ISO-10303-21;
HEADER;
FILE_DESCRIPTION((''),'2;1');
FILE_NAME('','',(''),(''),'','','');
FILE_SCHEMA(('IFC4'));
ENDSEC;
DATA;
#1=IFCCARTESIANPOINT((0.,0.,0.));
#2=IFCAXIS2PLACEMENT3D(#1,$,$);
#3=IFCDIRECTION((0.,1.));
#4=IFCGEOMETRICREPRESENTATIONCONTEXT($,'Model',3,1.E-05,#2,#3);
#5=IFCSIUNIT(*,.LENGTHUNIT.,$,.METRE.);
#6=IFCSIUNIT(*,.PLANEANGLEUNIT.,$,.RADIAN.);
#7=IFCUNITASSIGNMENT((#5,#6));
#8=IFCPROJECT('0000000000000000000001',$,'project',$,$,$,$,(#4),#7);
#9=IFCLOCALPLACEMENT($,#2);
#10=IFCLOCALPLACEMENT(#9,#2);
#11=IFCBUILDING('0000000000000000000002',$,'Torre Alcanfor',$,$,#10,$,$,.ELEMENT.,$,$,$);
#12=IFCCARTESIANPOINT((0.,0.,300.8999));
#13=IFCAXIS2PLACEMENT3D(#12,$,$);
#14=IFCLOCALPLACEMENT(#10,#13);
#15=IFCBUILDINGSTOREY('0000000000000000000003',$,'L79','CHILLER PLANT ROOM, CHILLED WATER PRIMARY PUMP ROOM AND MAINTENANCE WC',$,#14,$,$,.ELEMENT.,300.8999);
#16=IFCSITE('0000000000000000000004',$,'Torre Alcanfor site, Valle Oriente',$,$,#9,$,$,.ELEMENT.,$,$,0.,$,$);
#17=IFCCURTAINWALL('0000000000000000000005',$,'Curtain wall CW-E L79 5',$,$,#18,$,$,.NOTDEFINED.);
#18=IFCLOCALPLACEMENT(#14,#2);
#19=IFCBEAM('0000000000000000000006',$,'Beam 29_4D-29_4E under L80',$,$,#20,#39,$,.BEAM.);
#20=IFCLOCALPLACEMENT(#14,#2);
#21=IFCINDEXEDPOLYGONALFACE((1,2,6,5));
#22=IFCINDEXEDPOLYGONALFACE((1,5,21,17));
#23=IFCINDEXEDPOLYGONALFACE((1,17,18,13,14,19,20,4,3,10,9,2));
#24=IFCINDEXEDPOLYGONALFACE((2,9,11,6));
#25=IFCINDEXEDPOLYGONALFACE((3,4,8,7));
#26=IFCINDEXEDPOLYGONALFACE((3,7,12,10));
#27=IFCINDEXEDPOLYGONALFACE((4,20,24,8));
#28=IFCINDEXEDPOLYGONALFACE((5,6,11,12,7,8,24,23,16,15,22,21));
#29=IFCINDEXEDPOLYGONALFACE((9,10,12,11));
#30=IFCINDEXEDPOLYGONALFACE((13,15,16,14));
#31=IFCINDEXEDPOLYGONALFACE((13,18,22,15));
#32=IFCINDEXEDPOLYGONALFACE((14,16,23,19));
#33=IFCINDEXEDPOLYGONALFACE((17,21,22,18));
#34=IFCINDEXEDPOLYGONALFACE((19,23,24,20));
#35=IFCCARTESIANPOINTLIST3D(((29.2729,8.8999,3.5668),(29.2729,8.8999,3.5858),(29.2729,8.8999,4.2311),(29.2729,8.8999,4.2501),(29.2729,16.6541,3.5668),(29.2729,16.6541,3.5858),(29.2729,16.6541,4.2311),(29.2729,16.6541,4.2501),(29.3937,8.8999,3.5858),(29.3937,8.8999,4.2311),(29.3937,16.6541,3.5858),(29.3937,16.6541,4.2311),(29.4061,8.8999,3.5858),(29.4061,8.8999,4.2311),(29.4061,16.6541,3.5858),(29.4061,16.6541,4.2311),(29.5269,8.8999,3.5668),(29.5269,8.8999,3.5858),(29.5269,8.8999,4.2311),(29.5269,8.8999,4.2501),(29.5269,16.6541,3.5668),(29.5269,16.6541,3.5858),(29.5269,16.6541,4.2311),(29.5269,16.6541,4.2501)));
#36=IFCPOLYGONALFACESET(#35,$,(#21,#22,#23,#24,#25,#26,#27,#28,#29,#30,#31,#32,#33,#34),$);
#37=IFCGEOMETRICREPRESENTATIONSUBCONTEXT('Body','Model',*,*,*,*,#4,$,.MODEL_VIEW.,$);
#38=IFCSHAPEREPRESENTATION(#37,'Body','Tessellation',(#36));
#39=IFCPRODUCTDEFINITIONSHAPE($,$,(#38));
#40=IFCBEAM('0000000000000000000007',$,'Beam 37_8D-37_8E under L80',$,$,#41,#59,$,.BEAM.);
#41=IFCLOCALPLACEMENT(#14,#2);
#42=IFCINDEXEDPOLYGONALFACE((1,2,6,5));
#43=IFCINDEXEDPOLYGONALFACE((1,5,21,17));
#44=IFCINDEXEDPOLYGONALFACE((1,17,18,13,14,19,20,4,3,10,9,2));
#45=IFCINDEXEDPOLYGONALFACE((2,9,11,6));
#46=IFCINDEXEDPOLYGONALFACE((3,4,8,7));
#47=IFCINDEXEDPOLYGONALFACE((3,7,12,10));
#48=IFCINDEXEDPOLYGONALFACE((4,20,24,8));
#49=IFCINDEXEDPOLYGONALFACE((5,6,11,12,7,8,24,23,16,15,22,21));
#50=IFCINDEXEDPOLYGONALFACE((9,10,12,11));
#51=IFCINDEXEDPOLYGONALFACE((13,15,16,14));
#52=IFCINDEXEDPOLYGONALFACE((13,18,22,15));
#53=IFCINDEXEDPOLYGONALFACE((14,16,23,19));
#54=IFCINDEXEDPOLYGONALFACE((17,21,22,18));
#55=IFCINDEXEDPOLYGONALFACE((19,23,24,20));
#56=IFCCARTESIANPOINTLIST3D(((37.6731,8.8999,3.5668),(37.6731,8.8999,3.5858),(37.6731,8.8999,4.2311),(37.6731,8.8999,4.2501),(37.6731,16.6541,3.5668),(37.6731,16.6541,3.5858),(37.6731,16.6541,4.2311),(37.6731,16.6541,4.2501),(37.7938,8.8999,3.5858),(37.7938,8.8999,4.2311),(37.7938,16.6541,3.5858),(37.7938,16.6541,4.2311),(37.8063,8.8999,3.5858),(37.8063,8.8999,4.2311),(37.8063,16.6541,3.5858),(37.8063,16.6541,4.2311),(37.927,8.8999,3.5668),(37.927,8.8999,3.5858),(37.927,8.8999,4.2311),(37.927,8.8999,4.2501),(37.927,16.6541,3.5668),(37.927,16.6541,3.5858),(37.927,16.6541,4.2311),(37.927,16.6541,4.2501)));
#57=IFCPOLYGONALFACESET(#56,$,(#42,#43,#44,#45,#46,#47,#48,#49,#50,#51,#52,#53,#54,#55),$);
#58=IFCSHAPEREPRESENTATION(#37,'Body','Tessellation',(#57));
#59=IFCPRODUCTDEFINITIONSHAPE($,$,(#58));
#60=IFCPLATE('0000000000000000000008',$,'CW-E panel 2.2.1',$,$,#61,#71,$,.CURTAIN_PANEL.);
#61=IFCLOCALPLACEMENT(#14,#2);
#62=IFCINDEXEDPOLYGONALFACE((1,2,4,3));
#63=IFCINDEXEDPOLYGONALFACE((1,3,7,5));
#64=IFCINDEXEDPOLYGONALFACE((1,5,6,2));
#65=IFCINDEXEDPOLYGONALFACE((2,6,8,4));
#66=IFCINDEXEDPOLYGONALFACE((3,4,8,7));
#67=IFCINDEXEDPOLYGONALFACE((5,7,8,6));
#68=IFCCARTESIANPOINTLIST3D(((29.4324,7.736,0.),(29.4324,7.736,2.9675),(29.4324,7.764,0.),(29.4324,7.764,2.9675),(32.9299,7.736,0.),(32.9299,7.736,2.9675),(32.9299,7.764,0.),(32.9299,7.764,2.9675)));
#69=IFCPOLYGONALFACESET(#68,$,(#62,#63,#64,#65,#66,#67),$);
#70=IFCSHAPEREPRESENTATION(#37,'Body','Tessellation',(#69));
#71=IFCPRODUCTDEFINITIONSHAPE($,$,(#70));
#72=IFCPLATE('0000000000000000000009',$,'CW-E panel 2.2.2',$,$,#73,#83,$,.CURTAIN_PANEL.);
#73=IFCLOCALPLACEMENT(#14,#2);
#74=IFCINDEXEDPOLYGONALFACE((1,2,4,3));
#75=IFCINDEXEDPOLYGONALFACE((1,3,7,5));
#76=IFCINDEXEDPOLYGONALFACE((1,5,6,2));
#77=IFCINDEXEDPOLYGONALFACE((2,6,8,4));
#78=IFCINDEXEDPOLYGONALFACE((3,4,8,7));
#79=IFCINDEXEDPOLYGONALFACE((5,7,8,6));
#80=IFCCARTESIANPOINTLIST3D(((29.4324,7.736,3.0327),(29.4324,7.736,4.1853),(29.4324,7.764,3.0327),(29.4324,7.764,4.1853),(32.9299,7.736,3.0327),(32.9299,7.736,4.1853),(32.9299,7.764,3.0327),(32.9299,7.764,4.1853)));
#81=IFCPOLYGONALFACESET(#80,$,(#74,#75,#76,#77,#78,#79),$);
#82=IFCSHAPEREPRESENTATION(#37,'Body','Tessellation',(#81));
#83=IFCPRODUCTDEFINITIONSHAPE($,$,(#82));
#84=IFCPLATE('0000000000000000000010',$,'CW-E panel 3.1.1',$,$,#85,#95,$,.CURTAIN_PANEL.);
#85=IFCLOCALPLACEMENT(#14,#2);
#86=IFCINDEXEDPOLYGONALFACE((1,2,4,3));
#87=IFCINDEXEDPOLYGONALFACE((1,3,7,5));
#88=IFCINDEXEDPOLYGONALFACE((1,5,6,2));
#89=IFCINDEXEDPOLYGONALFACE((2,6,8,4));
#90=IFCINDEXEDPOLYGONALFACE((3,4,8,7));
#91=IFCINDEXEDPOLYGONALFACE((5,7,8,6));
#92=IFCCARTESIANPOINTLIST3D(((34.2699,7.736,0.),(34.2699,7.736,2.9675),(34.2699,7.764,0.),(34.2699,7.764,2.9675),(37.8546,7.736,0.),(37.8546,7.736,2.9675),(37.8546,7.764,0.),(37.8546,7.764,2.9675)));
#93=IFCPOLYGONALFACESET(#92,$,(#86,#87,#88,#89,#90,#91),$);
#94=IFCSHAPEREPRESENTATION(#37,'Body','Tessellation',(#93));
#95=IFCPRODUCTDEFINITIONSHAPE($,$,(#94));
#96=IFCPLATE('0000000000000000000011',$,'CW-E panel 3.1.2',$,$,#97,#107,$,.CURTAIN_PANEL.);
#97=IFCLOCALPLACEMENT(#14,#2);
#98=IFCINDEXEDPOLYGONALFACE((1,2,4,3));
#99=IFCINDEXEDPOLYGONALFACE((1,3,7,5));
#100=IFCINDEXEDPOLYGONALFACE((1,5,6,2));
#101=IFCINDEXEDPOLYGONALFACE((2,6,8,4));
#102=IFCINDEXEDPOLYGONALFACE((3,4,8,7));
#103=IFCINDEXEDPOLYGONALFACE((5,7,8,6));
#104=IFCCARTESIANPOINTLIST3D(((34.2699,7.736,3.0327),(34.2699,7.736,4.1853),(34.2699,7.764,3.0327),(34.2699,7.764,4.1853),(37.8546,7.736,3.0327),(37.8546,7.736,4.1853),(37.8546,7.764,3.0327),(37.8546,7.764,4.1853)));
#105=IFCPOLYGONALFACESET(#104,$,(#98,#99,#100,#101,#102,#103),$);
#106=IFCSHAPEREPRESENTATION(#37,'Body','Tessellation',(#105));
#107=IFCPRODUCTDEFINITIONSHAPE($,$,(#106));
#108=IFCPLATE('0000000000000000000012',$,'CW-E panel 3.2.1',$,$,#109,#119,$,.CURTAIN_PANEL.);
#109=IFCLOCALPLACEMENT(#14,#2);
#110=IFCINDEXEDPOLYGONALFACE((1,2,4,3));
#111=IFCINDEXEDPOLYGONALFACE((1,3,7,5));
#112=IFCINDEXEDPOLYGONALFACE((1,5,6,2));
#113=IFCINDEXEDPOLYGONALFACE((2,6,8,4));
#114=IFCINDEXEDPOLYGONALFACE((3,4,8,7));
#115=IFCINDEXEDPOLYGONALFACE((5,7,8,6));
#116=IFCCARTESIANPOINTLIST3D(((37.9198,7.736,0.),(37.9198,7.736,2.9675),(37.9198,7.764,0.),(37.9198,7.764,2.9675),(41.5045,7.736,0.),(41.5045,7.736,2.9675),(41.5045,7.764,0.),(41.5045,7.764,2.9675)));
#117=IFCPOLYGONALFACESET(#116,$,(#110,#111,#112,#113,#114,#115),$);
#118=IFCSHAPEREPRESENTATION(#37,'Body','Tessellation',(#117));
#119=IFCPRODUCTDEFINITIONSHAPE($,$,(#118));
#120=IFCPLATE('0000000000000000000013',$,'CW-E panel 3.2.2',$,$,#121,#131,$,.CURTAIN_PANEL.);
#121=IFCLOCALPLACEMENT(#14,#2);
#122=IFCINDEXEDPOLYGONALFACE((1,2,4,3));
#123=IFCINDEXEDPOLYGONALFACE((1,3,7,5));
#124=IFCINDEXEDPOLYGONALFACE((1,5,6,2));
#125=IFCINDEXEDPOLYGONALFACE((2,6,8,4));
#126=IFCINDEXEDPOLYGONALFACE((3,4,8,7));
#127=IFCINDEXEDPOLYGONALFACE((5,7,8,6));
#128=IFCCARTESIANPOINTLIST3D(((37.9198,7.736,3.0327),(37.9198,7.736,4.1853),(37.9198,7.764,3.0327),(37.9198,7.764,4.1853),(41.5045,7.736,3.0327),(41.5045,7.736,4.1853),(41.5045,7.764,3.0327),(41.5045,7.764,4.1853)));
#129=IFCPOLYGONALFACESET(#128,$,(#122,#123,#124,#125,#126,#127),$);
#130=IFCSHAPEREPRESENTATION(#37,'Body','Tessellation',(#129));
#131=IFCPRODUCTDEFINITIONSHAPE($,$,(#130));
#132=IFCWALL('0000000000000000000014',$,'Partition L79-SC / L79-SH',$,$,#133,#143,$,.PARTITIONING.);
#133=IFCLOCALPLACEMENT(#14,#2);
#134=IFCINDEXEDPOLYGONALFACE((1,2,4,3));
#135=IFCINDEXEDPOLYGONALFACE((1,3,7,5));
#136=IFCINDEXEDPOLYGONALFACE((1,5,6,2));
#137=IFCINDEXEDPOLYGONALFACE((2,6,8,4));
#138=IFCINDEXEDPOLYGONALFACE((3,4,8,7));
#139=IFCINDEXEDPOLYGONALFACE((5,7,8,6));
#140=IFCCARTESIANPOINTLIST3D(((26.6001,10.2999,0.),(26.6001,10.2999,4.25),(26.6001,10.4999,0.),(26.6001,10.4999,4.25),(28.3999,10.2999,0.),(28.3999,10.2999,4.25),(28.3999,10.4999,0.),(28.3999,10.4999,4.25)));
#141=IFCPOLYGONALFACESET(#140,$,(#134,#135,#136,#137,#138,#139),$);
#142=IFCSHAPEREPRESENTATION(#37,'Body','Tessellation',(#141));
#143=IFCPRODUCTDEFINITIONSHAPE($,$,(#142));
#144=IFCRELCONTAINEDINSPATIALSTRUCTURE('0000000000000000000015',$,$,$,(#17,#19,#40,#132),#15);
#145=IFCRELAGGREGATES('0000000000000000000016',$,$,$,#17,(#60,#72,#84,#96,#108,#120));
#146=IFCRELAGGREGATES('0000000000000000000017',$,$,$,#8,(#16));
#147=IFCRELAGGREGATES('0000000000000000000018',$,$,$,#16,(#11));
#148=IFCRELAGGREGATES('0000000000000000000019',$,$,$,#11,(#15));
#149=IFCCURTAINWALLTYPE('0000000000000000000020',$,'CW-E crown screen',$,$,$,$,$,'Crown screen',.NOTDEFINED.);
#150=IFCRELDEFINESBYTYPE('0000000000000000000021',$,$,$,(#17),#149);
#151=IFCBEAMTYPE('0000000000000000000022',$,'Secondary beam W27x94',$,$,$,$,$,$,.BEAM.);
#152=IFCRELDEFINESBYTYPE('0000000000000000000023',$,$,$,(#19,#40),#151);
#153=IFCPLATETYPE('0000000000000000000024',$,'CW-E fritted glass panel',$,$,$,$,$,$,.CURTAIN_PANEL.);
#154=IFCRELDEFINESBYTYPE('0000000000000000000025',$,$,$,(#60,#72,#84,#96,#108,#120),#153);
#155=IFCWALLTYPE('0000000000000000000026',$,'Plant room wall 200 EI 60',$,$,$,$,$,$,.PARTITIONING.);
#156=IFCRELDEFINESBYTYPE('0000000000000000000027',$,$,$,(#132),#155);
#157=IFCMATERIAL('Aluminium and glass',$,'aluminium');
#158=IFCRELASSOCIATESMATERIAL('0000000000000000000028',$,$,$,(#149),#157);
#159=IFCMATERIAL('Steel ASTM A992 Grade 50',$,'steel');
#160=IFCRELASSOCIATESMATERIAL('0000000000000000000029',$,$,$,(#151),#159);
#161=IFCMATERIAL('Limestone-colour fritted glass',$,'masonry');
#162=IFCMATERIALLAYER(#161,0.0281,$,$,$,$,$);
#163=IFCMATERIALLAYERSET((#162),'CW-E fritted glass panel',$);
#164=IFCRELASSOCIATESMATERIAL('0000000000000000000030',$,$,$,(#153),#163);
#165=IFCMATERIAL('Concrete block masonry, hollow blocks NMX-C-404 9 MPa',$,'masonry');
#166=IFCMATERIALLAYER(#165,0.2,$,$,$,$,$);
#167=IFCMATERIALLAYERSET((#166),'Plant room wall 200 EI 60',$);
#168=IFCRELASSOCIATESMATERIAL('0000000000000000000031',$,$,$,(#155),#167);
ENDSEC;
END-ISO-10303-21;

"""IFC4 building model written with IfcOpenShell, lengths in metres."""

from ifc_helpers import new_model, si_unit, direction, frame, frame_2d, origin, origin_2d, place, context, subcontext, project, spatial, rectangle, i_section, extrude, material, layer, layer_set, material_profile, profile_set, type_object, element, aggregate, save


model = new_model("IFC4")

# Units and contexts
model_context = context("Model", 3, precision=1e-05, world=origin(), true_north=direction((0.0, 1.0)))
body_context = subcontext(model_context, "Body", "Model", "MODEL_VIEW")
ifc_project = project(units=[si_unit("LENGTHUNIT", "METRE"), si_unit("PLANEANGLEUNIT", "RADIAN")], contexts=[model_context])

# Site, building, storey
site_placement = place(None, origin())
site = spatial("IfcSite", under=ifc_project, at=site_placement, Name="Torre Alcanfor site, Valle Oriente", CompositionType="ELEMENT", RefElevation=0.0)
building_placement = place(site_placement, origin())
building = spatial("IfcBuilding", under=site, at=building_placement, Name="Torre Alcanfor", CompositionType="ELEMENT")
storey_placement = place(building_placement, frame((0.0, 0.0, 300.8999)))
storey = spatial("IfcBuildingStorey", under=building, at=storey_placement, Name="L79", Description="CHILLER PLANT ROOM, CHILLED WATER PRIMARY PUMP ROOM AND MAINTENANCE WC", CompositionType="ELEMENT", Elevation=300.8999)

# Curtain wall
ifc_material_1 = material(Name="Aluminium and glass", Category="aluminium")
curtain_wall_type = type_object("IfcCurtainWallType", Name="CW-E crown screen", ElementType="Crown screen", PredefinedType="NOTDEFINED", material=ifc_material_1)
curtain_wall_placement = place(storey_placement, origin())
curtain_wall = element("IfcCurtainWall", 1, at=curtain_wall_placement, inside=storey, type_object=curtain_wall_type, Name="Curtain wall CW-E L79 5", PredefinedType="NOTDEFINED")

# Beams
ifc_material_2 = material(Name="Steel ASTM A992 Grade 50", Category="steel")
ifc_material_profile_1 = material_profile(ifc_material_2, i_section(OverallWidth=0.2539, OverallDepth=0.6833, WebThickness=0.0125, FlangeThickness=0.019, at=origin_2d()), Name="W27x94")
ifc_profile_set_1 = profile_set([ifc_material_profile_1], Name="Steel ASTM A992 Grade 50")
beam_type_1 = type_object("IfcBeamType", Name="Secondary beam W27x94", PredefinedType="BEAM", material=ifc_profile_set_1)
for number, where, z_axis, x_axis, name in (
    (2, (29.3999, 8.8999, 3.9084), (0.0, 1.0, 0.0), (-1.0, 0.0, 0.0), "Beam 29_4D-29_4E under L80"),
    (3, (37.8, 8.8999, 3.9084), (0.0, 1.0, 0.0), (-1.0, 0.0, 0.0), "Beam 37_8D-37_8E under L80"),
):
    element("IfcBeam", number, at=place(storey_placement, frame(where, z_axis=z_axis, x_axis=x_axis)), inside=storey, type_object=beam_type_1, Name=name, PredefinedType="BEAM", context=body_context, shape_type="SweptSolid", body=[
        extrude(i_section(OverallWidth=0.2539, OverallDepth=0.6833, WebThickness=0.0125, FlangeThickness=0.019, at=origin_2d()), origin(), (0.0, 0.0, 1.0), 7.7542),
    ])

# Plates
ifc_material_3 = material(Name="Limestone-colour fritted glass", Category="masonry")
ifc_layer_1 = layer(ifc_material_3, 0.0281)
ifc_layer_set_1 = layer_set([ifc_layer_1], Name="CW-E fritted glass panel")
plate_type = type_object("IfcPlateType", Name="CW-E fritted glass panel", PredefinedType="CURTAIN_PANEL", material=ifc_layer_set_1)
plate_1_placement = place(storey_placement, frame((31.1812, 7.75, 0.0), z_axis=(0.0, 0.0, 1.0), x_axis=(1.0, 0.0, 0.0)))
plate_1 = element("IfcPlate", 4, at=plate_1_placement, type_object=plate_type, Name="CW-E panel 2.2.1", PredefinedType="CURTAIN_PANEL", context=body_context, shape_type="SweptSolid", body=[
    extrude(rectangle(XDim=3.4976, YDim=0.0281, at=origin_2d()), origin(), (0.0, 0.0, 1.0), 2.9675),
])
plate_2_placement = place(storey_placement, frame((31.1812, 7.75, 3.0327), z_axis=(0.0, 0.0, 1.0), x_axis=(1.0, 0.0, 0.0)))
plate_2 = element("IfcPlate", 5, at=plate_2_placement, type_object=plate_type, Name="CW-E panel 2.2.2", PredefinedType="CURTAIN_PANEL", context=body_context, shape_type="SweptSolid", body=[
    extrude(rectangle(XDim=3.4976, YDim=0.0281, at=origin_2d()), origin(), (0.0, 0.0, 1.0), 1.1526),
])
plate_3_placement = place(storey_placement, frame((36.0623, 7.75, 0.0), z_axis=(0.0, 0.0, 1.0), x_axis=(1.0, 0.0, 0.0)))
plate_3 = element("IfcPlate", 6, at=plate_3_placement, type_object=plate_type, Name="CW-E panel 3.1.1", PredefinedType="CURTAIN_PANEL", context=body_context, shape_type="SweptSolid", body=[
    extrude(rectangle(XDim=3.5847, YDim=0.0281, at=origin_2d()), origin(), (0.0, 0.0, 1.0), 2.9675),
])
plate_4_placement = place(storey_placement, frame((36.0623, 7.75, 3.0327), z_axis=(0.0, 0.0, 1.0), x_axis=(1.0, 0.0, 0.0)))
plate_4 = element("IfcPlate", 7, at=plate_4_placement, type_object=plate_type, Name="CW-E panel 3.1.2", PredefinedType="CURTAIN_PANEL", context=body_context, shape_type="SweptSolid", body=[
    extrude(rectangle(XDim=3.5847, YDim=0.0281, at=origin_2d()), origin(), (0.0, 0.0, 1.0), 1.1526),
])
plate_5_placement = place(storey_placement, frame((39.7122, 7.75, 0.0), z_axis=(0.0, 0.0, 1.0), x_axis=(1.0, 0.0, 0.0)))
plate_5 = element("IfcPlate", 8, at=plate_5_placement, type_object=plate_type, Name="CW-E panel 3.2.1", PredefinedType="CURTAIN_PANEL", context=body_context, shape_type="SweptSolid", body=[
    extrude(rectangle(XDim=3.5847, YDim=0.0281, at=origin_2d()), origin(), (0.0, 0.0, 1.0), 2.9675),
])
plate_6_placement = place(storey_placement, frame((39.7122, 7.75, 3.0327), z_axis=(0.0, 0.0, 1.0), x_axis=(1.0, 0.0, 0.0)))
plate_6 = element("IfcPlate", 9, at=plate_6_placement, type_object=plate_type, Name="CW-E panel 3.2.2", PredefinedType="CURTAIN_PANEL", context=body_context, shape_type="SweptSolid", body=[
    extrude(rectangle(XDim=3.5847, YDim=0.0281, at=origin_2d()), origin(), (0.0, 0.0, 1.0), 1.1526),
])
aggregate(curtain_wall, [plate_1, plate_2, plate_3, plate_4, plate_5, plate_6])

# Wall
ifc_material_4 = material(Name="Concrete block masonry, hollow blocks NMX-C-404 9 MPa", Category="masonry")
ifc_layer_2 = layer(ifc_material_4, 0.2)
ifc_layer_set_2 = layer_set([ifc_layer_2], Name="Plant room wall 200 EI 60")
wall_type = type_object("IfcWallType", Name="Plant room wall 200 EI 60", PredefinedType="PARTITIONING", material=ifc_layer_set_2)
wall_placement = place(storey_placement, frame((28.3999, 10.3999, 0.0), z_axis=(0.0, 0.0, 1.0), x_axis=(-1.0, 0.0, 0.0)))
element("IfcWall", 10, at=wall_placement, inside=storey, type_object=wall_type, Name="Partition L79-SC / L79-SH", PredefinedType="PARTITIONING", context=body_context, shape_type="SweptSolid", body=[
    extrude(rectangle(XDim=1.7998, YDim=0.2, at=frame_2d((0.8999, 0.0))), origin(), (0.0, 0.0, 1.0), 4.25),
])

save(model, "model.ifc")
